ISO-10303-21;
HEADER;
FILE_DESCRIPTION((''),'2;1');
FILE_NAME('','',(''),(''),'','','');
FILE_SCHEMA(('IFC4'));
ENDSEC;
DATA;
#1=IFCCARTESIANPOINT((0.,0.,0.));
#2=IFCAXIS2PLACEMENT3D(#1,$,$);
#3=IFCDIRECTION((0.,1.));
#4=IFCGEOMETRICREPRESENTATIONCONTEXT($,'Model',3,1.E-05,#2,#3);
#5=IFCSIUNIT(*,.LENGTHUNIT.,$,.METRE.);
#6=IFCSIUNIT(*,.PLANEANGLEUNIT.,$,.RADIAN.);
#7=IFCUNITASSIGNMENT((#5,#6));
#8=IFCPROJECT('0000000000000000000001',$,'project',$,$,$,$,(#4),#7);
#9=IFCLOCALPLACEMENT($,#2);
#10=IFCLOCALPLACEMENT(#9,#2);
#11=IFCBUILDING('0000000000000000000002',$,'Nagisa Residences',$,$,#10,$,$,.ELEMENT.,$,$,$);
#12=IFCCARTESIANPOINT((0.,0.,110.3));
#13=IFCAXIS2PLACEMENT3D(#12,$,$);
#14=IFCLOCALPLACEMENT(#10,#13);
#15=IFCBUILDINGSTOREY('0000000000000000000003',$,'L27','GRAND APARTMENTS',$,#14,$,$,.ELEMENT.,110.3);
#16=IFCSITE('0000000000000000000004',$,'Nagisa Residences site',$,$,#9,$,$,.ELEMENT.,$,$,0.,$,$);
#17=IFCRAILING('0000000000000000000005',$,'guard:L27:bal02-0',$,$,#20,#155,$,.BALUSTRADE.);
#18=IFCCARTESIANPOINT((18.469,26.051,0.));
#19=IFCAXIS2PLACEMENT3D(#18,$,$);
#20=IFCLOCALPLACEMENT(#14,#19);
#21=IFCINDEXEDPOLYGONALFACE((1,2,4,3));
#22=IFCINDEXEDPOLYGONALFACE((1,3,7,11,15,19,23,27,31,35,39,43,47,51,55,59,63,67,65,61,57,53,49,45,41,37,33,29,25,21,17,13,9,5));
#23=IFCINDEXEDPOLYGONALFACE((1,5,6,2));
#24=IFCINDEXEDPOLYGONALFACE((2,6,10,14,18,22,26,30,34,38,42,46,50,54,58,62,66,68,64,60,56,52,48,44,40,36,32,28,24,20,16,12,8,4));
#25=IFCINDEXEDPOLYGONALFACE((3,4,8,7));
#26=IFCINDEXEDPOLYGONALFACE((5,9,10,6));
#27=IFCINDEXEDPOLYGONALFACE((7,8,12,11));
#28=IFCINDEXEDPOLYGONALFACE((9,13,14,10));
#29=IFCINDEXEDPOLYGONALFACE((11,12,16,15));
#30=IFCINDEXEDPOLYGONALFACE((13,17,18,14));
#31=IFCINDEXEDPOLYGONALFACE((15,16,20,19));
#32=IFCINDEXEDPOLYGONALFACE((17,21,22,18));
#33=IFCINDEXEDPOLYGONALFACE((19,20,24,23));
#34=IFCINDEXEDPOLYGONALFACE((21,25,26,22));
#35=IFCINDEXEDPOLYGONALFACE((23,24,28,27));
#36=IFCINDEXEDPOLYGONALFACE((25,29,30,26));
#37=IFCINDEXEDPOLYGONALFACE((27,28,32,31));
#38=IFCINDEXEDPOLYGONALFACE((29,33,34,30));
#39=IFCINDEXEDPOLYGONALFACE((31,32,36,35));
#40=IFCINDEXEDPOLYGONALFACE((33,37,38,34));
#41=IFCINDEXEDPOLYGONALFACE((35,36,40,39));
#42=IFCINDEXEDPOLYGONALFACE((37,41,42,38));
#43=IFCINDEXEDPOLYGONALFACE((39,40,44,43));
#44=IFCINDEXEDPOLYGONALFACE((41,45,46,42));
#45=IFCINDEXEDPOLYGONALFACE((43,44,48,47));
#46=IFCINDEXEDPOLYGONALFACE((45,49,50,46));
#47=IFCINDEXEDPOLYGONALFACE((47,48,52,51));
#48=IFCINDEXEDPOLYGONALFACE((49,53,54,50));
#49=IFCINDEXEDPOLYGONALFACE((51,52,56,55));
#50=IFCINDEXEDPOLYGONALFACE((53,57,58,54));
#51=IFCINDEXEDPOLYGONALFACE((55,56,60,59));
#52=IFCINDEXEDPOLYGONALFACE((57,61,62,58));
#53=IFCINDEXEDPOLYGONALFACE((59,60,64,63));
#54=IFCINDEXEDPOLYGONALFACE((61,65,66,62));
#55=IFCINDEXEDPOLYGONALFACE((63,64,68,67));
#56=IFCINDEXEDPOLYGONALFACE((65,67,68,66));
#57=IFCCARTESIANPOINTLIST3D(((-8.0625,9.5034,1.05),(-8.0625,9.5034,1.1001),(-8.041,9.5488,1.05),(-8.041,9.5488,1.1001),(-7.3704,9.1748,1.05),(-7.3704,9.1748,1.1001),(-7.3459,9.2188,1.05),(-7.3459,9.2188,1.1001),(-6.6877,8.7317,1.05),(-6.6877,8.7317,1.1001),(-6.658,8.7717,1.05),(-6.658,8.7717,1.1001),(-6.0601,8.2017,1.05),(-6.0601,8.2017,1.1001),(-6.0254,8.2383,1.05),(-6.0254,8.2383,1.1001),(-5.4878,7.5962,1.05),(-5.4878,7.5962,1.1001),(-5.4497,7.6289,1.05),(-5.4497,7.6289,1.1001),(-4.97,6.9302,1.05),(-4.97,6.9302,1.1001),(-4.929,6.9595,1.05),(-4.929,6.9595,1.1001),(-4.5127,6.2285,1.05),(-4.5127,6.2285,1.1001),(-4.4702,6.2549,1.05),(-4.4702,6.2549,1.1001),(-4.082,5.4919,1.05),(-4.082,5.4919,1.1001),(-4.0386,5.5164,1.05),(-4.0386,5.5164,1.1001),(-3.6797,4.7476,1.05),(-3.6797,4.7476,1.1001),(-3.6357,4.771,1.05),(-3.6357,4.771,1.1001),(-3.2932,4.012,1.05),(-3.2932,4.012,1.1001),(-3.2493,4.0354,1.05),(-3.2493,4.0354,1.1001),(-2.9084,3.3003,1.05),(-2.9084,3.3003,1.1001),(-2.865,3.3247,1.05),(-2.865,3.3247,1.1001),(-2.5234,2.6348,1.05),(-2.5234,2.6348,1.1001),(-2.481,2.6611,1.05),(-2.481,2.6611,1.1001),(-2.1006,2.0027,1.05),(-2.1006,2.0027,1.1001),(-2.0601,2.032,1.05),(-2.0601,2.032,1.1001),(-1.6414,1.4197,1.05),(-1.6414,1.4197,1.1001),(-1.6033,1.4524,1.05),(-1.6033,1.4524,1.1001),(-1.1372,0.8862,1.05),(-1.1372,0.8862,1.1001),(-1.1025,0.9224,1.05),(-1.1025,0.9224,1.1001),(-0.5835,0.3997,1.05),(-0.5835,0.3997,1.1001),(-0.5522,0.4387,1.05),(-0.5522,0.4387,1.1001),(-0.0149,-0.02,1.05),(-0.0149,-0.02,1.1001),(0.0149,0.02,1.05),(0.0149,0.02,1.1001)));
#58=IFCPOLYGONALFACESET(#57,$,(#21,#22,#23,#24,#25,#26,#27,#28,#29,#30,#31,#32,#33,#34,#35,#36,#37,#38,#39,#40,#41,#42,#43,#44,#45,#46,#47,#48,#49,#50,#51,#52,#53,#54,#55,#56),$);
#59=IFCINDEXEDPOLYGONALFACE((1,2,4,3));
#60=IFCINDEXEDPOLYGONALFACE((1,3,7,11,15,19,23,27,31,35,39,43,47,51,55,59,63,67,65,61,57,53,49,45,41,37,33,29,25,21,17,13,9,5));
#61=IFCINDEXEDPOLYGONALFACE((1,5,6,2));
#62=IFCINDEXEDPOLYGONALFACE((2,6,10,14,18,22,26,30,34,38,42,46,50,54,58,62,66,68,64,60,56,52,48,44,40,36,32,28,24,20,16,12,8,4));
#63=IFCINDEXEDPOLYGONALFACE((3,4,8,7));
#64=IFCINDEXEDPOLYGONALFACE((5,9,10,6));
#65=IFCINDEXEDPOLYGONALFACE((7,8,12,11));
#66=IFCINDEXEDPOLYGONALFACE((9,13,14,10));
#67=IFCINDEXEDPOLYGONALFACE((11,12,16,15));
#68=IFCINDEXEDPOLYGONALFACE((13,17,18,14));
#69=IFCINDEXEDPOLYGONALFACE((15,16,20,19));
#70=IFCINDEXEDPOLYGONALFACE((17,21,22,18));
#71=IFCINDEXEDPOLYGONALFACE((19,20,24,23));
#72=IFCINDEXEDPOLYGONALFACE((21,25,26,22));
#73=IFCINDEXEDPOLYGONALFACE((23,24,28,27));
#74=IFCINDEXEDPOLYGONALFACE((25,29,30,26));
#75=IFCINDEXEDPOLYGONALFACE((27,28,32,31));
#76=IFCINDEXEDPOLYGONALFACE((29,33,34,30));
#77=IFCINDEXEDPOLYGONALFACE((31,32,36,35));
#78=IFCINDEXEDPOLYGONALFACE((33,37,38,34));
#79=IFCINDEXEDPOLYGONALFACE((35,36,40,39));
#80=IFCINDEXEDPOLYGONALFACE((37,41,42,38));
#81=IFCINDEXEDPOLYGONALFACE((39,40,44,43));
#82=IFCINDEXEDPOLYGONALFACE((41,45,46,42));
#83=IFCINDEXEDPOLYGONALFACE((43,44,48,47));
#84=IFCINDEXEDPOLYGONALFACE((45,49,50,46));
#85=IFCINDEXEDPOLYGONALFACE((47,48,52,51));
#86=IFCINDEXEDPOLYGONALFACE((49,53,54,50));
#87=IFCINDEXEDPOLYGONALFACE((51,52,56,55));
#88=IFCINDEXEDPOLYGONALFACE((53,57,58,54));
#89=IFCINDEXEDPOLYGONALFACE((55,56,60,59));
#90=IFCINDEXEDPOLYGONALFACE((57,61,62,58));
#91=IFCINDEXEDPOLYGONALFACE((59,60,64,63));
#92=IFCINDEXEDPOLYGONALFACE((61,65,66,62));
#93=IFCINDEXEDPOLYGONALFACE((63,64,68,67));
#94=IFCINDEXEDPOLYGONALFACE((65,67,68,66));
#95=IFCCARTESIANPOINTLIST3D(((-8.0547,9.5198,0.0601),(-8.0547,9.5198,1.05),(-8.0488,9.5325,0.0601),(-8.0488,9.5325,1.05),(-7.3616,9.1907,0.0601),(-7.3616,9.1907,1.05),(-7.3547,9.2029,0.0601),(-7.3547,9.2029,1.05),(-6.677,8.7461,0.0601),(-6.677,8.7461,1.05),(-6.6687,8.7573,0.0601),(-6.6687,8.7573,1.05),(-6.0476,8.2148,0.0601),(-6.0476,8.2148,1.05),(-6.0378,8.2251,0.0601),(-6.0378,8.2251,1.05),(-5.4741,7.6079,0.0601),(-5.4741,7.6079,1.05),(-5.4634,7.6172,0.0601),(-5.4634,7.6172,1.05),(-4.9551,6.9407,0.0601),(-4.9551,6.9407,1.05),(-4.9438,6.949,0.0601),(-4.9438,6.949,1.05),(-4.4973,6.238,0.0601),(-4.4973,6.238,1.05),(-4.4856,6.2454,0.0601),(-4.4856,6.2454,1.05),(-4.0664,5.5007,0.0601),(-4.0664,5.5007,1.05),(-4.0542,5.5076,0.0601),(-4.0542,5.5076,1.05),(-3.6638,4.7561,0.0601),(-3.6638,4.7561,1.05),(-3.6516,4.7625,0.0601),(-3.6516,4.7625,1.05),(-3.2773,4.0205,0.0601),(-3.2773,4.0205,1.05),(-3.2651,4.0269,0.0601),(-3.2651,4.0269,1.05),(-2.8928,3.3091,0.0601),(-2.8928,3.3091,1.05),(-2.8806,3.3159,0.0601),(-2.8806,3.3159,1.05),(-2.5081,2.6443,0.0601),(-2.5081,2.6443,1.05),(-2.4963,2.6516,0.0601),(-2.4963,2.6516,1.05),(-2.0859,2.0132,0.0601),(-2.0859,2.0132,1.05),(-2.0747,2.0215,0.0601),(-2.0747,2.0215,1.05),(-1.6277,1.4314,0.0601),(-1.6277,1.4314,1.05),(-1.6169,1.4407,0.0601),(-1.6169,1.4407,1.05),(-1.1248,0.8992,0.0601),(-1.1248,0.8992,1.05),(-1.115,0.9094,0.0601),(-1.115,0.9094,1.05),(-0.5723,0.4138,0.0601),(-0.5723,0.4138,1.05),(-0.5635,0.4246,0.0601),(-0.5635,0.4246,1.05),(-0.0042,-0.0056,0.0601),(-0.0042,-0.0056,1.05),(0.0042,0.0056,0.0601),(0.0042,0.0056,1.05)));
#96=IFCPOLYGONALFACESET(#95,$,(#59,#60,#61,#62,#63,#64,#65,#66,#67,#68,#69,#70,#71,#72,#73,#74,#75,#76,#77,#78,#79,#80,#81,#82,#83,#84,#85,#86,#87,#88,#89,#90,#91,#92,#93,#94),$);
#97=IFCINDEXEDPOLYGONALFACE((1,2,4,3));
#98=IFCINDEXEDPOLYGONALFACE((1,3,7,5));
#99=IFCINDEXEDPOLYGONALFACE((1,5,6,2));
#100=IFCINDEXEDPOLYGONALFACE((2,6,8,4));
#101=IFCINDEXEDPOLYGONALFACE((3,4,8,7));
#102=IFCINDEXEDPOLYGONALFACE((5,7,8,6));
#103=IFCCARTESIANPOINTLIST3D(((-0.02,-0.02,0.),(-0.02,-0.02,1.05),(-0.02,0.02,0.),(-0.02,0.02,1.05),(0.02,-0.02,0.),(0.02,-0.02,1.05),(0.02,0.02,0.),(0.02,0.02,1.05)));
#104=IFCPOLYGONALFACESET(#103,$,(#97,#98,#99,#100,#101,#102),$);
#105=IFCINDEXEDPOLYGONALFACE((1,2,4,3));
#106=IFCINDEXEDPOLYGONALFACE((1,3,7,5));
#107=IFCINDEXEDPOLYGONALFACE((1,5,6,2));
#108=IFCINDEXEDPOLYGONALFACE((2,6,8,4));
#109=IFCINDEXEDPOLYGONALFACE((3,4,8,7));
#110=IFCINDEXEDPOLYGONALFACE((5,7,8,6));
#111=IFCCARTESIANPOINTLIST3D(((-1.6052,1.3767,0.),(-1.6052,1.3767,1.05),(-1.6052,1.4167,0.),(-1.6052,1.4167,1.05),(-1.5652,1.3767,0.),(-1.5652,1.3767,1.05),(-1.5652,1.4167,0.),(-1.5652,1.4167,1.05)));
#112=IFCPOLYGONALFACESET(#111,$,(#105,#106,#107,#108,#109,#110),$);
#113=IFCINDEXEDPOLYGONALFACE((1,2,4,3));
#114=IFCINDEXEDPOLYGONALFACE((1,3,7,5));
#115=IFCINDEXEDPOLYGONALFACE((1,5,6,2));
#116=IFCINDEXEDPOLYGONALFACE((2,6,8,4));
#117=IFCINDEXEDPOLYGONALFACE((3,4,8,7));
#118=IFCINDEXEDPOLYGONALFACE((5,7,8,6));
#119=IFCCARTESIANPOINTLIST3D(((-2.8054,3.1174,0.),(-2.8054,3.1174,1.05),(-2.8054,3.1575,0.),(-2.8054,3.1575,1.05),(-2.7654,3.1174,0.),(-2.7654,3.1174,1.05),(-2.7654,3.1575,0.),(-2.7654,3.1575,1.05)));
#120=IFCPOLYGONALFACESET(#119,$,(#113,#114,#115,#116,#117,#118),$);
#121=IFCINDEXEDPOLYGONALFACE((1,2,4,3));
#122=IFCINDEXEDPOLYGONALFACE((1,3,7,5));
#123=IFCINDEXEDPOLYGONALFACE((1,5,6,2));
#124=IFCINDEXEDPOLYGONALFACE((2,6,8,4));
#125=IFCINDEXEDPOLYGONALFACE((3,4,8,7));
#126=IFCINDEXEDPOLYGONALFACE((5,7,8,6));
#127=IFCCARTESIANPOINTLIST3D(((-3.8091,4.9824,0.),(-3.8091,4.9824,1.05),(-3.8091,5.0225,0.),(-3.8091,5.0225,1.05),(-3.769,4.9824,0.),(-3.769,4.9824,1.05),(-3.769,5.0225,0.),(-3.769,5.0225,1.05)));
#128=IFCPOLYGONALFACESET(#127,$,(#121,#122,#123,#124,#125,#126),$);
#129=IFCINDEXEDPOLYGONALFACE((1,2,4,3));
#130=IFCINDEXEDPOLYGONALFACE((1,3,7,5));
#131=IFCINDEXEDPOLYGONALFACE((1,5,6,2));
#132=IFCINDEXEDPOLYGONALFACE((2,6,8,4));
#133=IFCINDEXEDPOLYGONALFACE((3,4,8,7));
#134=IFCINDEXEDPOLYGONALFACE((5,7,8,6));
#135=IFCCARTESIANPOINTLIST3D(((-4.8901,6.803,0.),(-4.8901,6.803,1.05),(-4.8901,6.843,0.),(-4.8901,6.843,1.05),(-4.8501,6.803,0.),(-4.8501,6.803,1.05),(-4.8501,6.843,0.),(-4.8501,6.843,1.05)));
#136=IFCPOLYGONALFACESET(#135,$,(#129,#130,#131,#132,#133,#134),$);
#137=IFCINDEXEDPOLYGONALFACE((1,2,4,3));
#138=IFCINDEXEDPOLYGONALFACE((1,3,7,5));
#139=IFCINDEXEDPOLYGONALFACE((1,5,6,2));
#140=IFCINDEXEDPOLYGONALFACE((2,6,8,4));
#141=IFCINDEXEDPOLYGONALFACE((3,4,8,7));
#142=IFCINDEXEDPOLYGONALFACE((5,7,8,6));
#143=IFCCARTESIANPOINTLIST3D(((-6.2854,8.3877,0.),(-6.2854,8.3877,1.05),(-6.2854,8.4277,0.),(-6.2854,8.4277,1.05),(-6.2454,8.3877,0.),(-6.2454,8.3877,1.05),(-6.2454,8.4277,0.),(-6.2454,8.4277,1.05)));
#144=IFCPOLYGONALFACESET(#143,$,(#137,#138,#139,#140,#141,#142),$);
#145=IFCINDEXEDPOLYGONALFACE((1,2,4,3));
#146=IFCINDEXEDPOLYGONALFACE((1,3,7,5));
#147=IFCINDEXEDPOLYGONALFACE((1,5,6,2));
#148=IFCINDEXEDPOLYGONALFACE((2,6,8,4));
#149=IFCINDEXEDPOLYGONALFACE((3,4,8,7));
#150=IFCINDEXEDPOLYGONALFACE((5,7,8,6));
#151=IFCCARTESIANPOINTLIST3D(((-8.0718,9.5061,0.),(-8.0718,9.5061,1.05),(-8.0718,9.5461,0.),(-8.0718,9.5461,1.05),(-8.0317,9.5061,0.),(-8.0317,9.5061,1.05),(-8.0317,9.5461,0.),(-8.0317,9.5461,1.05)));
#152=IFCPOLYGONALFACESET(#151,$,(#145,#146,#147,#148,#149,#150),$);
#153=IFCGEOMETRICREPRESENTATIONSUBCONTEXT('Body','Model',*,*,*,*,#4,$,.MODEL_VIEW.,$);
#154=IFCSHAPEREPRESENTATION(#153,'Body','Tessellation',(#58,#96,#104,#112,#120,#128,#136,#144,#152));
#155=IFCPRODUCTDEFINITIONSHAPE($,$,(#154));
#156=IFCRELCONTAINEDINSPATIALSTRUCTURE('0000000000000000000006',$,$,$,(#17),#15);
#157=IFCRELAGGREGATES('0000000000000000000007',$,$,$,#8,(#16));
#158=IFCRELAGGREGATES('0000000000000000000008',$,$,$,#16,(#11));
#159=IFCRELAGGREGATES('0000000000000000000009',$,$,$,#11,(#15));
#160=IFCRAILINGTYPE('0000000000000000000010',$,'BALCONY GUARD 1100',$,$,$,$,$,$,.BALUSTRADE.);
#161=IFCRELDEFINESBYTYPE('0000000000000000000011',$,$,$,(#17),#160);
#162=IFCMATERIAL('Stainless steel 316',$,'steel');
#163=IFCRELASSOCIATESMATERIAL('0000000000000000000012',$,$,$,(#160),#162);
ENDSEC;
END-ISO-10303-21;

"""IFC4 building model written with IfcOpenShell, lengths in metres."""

from ifc_helpers import new_model, si_unit, direction, frame, origin, origin_2d, place, context, subcontext, project, spatial, polyline, rectangle, outline, extrude, material, type_object, element, save


model = new_model("IFC4")

# Units and contexts
model_context = context("Model", 3, precision=1e-05, world=origin(), true_north=direction((0.0, 1.0)))
body_context = subcontext(model_context, "Body", "Model", "MODEL_VIEW")
ifc_project = project(units=[si_unit("LENGTHUNIT", "METRE"), si_unit("PLANEANGLEUNIT", "RADIAN")], contexts=[model_context])

# Site, building, storey
site_placement = place(None, origin())
site = spatial("IfcSite", under=ifc_project, at=site_placement, Name="Nagisa Residences site", CompositionType="ELEMENT", RefElevation=0.0)
building_placement = place(site_placement, origin())
building = spatial("IfcBuilding", under=site, at=building_placement, Name="Nagisa Residences", CompositionType="ELEMENT")
storey_placement = place(building_placement, frame((0.0, 0.0, 110.3)))
storey = spatial("IfcBuildingStorey", under=building, at=storey_placement, Name="L27", Description="GRAND APARTMENTS", CompositionType="ELEMENT", Elevation=110.3)

# Railing
ifc_material_1 = material(Name="Stainless steel 316", Category="steel")
railing_type = type_object("IfcRailingType", Name="BALCONY GUARD 1100", PredefinedType="BALUSTRADE", material=ifc_material_1)
railing_1_placement = place(storey_placement, frame((18.469, 26.051, 0.0)))
element("IfcRailing", 1, at=railing_1_placement, inside=storey, type_object=railing_type, Name="guard:L27:bal02-0", PredefinedType="BALUSTRADE", context=body_context, shape_type="SweptSolid", body=[
    extrude(outline(polyline([(-0.5835, 0.3997), (-0.0149, -0.02), (0.0149, 0.02), (-0.5522, 0.4387), (-1.1025, 0.9224), (-1.6033, 1.4524), (-2.0601, 2.032), (-2.481, 2.6611), (-2.865, 3.3247), (-3.2493, 4.0354), (-3.6357, 4.771), (-4.0386, 5.5164), (-4.4702, 6.2549), (-4.929, 6.9595), (-5.4497, 7.6289), (-6.0254, 8.2383), (-6.658, 8.7717), (-7.3459, 9.2188), (-8.041, 9.5488), (-8.0625, 9.5034), (-7.3704, 9.1748), (-6.6877, 8.7317), (-6.0601, 8.2017), (-5.4878, 7.5962), (-4.97, 6.9302), (-4.5127, 6.2285), (-4.082, 5.4919), (-3.6797, 4.7476), (-3.2932, 4.012), (-2.9084, 3.3003), (-2.5234, 2.6348), (-2.1006, 2.0027), (-1.6414, 1.4197), (-1.1372, 0.8862), (-0.5835, 0.3997)])), frame((0.0, 0.0, 1.05)), (0.0, 0.0, 1.0), 0.05),
    extrude(outline(polyline([(-0.5723, 0.4138), (-0.0042, -0.0056), (0.0042, 0.0056), (-0.5635, 0.4246), (-1.115, 0.9094), (-1.6169, 1.4407), (-2.0747, 2.0215), (-2.4963, 2.6516), (-2.8806, 3.3159), (-3.2651, 4.0269), (-3.6516, 4.7625), (-4.0542, 5.5076), (-4.4856, 6.2454), (-4.9438, 6.949), (-5.4634, 7.6172), (-6.0378, 8.2251), (-6.6687, 8.7573), (-7.3547, 9.2029), (-8.0488, 9.5325), (-8.0547, 9.5198), (-7.3616, 9.1907), (-6.677, 8.7461), (-6.0476, 8.2148), (-5.4741, 7.6079), (-4.9551, 6.9407), (-4.4973, 6.238), (-4.0664, 5.5007), (-3.6638, 4.7561), (-3.2773, 4.0205), (-2.8928, 3.3091), (-2.5081, 2.6443), (-2.0859, 2.0132), (-1.6277, 1.4314), (-1.1248, 0.8992), (-0.5723, 0.4138)])), frame((0.0, 0.0, 0.0601)), (0.0, 0.0, 1.0), 0.99),
    extrude(rectangle(XDim=0.04, YDim=0.04, at=origin_2d()), origin(), (0.0, 0.0, 1.0), 1.05),
    extrude(rectangle(XDim=0.04, YDim=0.04, at=origin_2d()), frame((-1.5852, 1.3967, 0.0)), (0.0, 0.0, 1.0), 1.05),
    extrude(rectangle(XDim=0.04, YDim=0.04, at=origin_2d()), frame((-2.7854, 3.1375, 0.0)), (0.0, 0.0, 1.0), 1.05),
    extrude(rectangle(XDim=0.04, YDim=0.04, at=origin_2d()), frame((-3.7891, 5.0024, 0.0)), (0.0, 0.0, 1.0), 1.05),
    extrude(rectangle(XDim=0.04, YDim=0.04, at=origin_2d()), frame((-4.8701, 6.823, 0.0)), (0.0, 0.0, 1.0), 1.05),
    extrude(rectangle(XDim=0.04, YDim=0.04, at=origin_2d()), frame((-6.2654, 8.4077, 0.0)), (0.0, 0.0, 1.0), 1.05),
    extrude(rectangle(XDim=0.04, YDim=0.04, at=origin_2d()), frame((-8.0518, 9.5261, 0.0)), (0.0, 0.0, 1.0), 1.05),
])

save(model, "model.ifc")
